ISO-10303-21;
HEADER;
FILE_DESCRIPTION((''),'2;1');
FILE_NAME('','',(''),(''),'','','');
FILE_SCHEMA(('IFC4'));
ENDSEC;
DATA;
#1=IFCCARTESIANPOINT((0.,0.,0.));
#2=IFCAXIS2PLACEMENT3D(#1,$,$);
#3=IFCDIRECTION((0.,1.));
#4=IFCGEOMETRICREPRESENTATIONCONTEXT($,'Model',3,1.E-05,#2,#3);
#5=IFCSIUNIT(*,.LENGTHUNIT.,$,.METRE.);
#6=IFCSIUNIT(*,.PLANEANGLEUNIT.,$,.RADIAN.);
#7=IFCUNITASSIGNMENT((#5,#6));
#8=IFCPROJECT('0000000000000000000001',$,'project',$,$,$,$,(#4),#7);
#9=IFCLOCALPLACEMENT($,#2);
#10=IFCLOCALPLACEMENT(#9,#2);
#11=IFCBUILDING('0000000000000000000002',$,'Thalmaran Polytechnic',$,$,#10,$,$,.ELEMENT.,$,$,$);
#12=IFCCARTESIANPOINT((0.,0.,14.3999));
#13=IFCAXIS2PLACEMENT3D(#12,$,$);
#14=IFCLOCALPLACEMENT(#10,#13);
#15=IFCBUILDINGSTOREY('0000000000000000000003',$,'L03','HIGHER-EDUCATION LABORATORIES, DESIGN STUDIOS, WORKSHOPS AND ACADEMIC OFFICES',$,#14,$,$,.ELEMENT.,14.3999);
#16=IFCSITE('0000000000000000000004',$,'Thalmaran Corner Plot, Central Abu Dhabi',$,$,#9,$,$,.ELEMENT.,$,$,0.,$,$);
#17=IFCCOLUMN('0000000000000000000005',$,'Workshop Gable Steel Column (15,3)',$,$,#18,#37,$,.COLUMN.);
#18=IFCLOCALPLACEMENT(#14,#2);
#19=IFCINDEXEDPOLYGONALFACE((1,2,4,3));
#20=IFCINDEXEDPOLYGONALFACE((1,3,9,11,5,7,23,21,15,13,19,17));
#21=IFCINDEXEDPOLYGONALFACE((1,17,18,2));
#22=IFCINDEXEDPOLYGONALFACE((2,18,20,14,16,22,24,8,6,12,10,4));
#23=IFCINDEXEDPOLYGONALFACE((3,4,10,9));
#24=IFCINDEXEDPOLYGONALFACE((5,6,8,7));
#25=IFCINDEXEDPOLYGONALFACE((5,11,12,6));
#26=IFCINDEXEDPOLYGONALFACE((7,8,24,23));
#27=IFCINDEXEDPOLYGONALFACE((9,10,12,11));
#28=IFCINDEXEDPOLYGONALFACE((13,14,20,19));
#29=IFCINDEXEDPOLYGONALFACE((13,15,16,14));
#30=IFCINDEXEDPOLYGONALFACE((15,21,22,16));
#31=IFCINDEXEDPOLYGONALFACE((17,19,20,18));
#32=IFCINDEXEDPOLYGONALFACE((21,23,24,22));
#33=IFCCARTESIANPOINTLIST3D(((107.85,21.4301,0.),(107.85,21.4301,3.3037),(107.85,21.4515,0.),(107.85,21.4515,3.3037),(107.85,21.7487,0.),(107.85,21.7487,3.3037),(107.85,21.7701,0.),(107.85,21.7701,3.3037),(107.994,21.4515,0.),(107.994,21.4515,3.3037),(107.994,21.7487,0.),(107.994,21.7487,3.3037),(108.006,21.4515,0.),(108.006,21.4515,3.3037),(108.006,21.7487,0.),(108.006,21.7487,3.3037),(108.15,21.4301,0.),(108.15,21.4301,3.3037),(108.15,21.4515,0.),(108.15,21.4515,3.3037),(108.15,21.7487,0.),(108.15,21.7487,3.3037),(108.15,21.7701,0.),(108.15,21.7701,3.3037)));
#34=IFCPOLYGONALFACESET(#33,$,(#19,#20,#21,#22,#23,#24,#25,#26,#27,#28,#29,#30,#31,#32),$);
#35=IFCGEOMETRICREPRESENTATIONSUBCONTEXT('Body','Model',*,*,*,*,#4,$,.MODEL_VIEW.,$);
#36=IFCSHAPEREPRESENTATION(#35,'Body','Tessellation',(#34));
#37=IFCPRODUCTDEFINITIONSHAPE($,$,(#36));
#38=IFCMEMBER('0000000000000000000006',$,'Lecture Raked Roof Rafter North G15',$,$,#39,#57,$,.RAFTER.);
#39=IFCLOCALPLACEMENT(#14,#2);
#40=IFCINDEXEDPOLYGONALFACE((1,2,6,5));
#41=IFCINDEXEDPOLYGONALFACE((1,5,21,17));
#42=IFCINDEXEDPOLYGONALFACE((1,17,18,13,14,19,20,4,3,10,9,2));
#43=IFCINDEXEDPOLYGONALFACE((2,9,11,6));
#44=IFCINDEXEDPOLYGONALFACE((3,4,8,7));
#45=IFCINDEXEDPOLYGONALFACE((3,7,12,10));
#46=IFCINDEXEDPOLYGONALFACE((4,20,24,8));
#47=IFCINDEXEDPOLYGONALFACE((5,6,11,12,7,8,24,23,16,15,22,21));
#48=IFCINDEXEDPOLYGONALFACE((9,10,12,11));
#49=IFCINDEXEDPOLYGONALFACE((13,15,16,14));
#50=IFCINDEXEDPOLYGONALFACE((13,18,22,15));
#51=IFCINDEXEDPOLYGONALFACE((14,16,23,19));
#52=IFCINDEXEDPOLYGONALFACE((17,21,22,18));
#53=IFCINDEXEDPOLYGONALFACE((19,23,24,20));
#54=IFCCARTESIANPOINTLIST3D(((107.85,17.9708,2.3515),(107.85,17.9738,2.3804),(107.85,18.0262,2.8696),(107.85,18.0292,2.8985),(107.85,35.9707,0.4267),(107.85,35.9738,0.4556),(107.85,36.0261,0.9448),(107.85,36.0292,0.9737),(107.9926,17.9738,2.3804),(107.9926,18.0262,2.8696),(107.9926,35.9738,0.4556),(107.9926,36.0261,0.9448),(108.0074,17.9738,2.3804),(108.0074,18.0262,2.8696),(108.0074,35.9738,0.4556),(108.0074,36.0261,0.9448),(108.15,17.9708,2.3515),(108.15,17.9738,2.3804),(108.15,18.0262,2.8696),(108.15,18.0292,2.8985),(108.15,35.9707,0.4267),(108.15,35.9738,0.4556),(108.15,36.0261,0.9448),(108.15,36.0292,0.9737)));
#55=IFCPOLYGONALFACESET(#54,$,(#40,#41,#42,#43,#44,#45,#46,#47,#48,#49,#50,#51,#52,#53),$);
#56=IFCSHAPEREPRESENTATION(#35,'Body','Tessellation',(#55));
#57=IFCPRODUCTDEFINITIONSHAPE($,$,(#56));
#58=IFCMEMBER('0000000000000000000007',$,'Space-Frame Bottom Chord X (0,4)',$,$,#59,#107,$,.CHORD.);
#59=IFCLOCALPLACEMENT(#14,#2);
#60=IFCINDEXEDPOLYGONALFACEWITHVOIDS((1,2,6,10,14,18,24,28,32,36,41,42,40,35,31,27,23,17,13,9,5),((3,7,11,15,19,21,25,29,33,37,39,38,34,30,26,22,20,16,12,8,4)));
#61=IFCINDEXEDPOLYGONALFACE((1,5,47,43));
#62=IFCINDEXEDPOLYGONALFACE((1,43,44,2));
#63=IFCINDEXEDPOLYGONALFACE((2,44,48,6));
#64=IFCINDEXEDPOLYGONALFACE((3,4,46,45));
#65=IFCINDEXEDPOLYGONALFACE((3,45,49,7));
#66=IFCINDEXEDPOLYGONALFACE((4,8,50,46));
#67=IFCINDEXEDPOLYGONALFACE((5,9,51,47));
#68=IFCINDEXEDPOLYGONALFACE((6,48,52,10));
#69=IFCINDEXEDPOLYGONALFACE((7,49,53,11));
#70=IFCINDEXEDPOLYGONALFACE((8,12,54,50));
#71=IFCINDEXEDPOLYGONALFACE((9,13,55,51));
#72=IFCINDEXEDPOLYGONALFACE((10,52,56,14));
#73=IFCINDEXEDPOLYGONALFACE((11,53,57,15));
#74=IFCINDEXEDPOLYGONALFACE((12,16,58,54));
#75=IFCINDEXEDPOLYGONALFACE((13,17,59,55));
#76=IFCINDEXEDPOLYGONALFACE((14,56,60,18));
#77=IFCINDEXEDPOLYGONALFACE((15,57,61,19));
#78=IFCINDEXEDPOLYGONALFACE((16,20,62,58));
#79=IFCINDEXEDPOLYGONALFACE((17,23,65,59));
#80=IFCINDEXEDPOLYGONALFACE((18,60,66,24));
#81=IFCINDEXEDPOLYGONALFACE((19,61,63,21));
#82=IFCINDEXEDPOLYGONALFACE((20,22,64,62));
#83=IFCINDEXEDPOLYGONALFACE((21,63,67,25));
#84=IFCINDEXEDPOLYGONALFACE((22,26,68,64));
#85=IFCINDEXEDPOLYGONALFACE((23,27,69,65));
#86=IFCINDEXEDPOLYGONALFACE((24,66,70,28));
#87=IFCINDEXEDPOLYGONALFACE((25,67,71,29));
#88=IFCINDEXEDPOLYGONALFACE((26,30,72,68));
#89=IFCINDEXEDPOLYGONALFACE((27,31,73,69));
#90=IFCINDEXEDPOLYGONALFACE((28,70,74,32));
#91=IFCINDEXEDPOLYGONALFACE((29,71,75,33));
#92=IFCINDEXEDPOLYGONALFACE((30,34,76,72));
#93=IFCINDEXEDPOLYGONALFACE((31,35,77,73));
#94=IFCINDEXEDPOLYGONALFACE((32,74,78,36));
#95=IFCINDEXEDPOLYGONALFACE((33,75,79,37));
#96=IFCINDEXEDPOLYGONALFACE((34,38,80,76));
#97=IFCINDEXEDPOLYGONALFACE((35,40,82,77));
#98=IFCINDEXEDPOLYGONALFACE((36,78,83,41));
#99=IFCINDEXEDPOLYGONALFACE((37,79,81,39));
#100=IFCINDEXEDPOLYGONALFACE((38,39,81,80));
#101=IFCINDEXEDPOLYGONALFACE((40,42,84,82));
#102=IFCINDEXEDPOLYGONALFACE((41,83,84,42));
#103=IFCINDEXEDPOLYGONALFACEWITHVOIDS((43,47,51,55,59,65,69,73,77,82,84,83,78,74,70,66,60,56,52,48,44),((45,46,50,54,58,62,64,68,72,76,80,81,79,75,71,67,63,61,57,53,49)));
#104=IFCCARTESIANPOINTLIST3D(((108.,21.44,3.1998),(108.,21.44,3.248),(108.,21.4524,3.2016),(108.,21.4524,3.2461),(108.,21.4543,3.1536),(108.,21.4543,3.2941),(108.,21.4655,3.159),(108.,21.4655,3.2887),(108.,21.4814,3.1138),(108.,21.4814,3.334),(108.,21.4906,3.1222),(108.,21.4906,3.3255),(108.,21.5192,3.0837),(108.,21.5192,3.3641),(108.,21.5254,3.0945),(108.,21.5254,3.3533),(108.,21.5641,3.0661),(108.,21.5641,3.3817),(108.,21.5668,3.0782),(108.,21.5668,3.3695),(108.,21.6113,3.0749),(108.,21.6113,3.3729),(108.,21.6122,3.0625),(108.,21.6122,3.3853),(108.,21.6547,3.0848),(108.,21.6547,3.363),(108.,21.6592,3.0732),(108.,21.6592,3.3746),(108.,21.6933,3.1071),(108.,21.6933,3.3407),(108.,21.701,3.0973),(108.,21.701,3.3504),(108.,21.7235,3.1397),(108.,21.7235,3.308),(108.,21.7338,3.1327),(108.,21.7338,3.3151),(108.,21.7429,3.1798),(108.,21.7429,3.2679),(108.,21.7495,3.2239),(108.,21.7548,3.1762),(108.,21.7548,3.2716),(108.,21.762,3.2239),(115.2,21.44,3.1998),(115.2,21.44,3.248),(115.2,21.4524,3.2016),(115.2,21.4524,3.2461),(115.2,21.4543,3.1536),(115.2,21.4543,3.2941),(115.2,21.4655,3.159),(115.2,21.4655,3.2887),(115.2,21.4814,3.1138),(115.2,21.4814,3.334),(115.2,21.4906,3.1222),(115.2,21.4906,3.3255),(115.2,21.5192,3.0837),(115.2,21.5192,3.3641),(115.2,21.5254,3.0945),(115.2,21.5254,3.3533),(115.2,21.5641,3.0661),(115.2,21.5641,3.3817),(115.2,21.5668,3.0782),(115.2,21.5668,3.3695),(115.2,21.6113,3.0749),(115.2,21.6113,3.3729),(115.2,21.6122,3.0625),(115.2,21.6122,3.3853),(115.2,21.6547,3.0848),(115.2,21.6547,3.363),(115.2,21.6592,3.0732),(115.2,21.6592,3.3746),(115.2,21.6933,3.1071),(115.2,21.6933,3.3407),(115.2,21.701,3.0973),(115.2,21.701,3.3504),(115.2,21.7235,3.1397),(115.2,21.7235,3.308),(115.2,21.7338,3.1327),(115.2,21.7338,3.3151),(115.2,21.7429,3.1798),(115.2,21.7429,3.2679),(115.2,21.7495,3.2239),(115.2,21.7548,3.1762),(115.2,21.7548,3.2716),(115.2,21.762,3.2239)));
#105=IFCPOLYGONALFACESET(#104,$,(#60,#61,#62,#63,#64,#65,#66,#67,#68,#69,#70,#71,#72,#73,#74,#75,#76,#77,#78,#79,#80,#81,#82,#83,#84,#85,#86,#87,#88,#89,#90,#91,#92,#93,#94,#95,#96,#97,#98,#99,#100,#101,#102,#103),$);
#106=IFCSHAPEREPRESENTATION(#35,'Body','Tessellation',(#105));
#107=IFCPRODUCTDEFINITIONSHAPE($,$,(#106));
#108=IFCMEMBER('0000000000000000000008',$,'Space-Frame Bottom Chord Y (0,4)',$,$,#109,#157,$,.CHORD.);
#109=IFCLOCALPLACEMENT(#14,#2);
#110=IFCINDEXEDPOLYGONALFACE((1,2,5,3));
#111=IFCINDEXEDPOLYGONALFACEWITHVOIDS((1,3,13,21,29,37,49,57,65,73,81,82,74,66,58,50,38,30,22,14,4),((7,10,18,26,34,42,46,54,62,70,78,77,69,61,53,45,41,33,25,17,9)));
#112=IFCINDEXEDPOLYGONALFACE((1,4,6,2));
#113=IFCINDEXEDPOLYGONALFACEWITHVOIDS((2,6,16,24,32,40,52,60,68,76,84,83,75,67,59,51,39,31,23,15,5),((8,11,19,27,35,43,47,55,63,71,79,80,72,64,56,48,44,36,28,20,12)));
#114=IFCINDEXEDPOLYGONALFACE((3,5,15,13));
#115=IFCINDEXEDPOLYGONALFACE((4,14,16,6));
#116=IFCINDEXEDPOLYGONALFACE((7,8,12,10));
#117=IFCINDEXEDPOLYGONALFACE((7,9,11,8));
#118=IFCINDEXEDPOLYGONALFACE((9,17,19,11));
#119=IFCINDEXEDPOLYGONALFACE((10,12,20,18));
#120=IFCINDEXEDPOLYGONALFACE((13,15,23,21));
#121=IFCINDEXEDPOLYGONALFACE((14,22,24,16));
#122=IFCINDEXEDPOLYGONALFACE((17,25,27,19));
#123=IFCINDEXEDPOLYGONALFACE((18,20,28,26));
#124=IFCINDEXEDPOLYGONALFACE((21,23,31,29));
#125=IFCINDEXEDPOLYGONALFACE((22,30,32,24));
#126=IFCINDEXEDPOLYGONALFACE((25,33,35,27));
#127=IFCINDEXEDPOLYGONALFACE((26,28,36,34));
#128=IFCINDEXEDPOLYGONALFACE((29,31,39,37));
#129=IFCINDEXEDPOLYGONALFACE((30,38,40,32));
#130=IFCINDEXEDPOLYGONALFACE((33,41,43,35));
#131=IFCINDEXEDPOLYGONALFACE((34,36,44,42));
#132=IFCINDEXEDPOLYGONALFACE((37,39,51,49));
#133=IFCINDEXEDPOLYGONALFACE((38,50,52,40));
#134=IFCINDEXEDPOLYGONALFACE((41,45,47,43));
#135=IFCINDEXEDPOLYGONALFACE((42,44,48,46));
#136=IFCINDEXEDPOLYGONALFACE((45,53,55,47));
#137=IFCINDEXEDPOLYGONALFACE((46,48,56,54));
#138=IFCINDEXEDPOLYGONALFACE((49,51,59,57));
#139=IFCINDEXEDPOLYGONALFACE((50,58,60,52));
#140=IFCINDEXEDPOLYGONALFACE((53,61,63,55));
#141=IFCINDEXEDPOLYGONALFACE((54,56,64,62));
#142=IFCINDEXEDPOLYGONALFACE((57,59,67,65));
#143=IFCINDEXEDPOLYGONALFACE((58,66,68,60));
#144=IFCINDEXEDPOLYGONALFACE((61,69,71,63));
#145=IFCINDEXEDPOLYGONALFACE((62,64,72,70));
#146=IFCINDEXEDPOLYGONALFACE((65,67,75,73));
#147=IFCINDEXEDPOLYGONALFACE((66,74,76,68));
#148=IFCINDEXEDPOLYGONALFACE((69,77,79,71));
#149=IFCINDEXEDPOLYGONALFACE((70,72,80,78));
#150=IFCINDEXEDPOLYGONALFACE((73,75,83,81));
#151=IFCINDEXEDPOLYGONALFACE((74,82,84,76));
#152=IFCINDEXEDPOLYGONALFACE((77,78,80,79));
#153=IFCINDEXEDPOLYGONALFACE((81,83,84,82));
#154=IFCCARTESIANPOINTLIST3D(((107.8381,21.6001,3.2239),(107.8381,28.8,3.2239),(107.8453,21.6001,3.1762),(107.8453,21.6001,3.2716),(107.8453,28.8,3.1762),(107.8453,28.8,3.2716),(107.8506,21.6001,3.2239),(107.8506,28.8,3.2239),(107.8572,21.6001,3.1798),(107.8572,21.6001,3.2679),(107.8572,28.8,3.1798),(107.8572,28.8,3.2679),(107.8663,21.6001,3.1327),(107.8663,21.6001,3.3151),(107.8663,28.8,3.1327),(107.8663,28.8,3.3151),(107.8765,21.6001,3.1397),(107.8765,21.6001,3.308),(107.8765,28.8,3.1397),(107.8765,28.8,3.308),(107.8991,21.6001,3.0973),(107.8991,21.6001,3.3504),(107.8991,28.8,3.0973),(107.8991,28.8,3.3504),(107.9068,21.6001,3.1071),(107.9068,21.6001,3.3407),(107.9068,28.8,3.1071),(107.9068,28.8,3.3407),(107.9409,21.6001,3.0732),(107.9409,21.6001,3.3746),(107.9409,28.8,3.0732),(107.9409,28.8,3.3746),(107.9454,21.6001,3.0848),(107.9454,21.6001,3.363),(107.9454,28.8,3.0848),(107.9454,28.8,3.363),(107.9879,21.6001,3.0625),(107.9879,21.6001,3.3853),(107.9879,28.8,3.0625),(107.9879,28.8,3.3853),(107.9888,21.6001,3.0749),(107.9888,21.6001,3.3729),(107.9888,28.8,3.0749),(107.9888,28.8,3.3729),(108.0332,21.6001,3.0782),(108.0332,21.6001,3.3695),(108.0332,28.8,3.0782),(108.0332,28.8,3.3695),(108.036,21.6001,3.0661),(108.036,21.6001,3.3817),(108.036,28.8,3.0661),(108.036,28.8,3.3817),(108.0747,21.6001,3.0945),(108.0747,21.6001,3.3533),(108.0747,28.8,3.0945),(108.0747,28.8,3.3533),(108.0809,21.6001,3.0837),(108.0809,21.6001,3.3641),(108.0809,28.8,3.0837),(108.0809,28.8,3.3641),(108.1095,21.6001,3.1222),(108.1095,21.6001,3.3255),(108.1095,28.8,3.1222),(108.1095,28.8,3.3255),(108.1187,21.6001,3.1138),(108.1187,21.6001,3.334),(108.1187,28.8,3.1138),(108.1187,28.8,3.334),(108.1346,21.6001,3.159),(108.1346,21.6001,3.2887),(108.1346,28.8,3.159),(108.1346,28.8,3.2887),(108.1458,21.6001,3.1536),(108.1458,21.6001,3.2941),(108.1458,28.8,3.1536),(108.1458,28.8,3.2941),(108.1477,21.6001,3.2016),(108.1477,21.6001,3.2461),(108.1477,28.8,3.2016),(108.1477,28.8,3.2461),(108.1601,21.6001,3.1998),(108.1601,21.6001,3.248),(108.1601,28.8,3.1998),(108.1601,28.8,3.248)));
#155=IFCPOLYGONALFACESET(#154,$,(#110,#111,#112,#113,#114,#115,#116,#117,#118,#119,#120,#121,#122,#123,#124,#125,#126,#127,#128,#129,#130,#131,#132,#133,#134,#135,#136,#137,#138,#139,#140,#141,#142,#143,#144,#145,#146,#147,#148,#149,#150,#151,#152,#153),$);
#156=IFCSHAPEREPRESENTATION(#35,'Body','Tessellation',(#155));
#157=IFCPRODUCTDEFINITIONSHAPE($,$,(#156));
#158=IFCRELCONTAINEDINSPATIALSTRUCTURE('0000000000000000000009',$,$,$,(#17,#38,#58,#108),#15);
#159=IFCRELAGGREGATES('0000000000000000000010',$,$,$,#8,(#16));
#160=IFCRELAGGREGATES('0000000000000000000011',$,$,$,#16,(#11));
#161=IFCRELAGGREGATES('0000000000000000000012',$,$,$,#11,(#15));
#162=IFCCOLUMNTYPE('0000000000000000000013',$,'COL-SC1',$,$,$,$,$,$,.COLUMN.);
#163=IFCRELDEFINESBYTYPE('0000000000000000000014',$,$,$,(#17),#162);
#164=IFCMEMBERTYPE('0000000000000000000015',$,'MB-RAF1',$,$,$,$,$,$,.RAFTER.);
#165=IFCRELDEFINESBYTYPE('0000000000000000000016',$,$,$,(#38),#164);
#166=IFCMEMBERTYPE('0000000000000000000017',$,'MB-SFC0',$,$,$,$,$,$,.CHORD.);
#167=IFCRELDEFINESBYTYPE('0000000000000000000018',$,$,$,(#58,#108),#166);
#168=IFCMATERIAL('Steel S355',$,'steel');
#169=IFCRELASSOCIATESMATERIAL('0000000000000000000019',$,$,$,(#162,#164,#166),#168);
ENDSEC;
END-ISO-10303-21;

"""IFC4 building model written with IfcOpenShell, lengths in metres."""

from ifc_helpers import new_model, si_unit, direction, frame, origin, origin_2d, place, context, subcontext, project, spatial, hollow_circle, i_section, extrude, material, material_profile, profile_set, type_object, element, save


model = new_model("IFC4")

# Units and contexts
model_context = context("Model", 3, precision=1e-05, world=origin(), true_north=direction((0.0, 1.0)))
body_context = subcontext(model_context, "Body", "Model", "MODEL_VIEW")
ifc_project = project(units=[si_unit("LENGTHUNIT", "METRE"), si_unit("PLANEANGLEUNIT", "RADIAN")], contexts=[model_context])

# Site, building, storey
site_placement = place(None, origin())
site = spatial("IfcSite", under=ifc_project, at=site_placement, Name="Thalmaran Corner Plot, Central Abu Dhabi", CompositionType="ELEMENT", RefElevation=0.0)
building_placement = place(site_placement, origin())
building = spatial("IfcBuilding", under=site, at=building_placement, Name="Thalmaran Polytechnic", CompositionType="ELEMENT")
storey_placement = place(building_placement, frame((0.0, 0.0, 14.3999)))
storey = spatial("IfcBuildingStorey", under=building, at=storey_placement, Name="L03", Description="HIGHER-EDUCATION LABORATORIES, DESIGN STUDIOS, WORKSHOPS AND ACADEMIC OFFICES", CompositionType="ELEMENT", Elevation=14.3999)

# Column
ifc_material_1 = material(Name="Steel S355", Category="steel")
ifc_material_profile_1 = material_profile(ifc_material_1, i_section(OverallWidth=0.3, OverallDepth=0.3401, WebThickness=0.012, FlangeThickness=0.0215, at=origin_2d()), Name="HEB 340")
ifc_profile_set_1 = profile_set([ifc_material_profile_1], Name="Steel S355")
column_type = type_object("IfcColumnType", Name="COL-SC1", PredefinedType="COLUMN", material=ifc_profile_set_1)
column_placement = place(storey_placement, frame((108.0, 21.6001, 0.0), z_axis=(0.0, 0.0, 1.0), x_axis=(1.0, 0.0, 0.0)))
element("IfcColumn", 1, at=column_placement, inside=storey, type_object=column_type, Name="Workshop Gable Steel Column (15,3)", PredefinedType="COLUMN", context=body_context, shape_type="SweptSolid", body=[
    extrude(i_section(OverallWidth=0.3, OverallDepth=0.3401, WebThickness=0.012, FlangeThickness=0.0215, at=origin_2d()), origin(), (0.0, 0.0, 1.0), 3.3037),
])

# Members
ifc_material_profile_2 = material_profile(ifc_material_1, i_section(OverallWidth=0.3, OverallDepth=0.55, WebThickness=0.0149, FlangeThickness=0.0291, at=origin_2d()), Name="HEB 550")
ifc_profile_set_2 = profile_set([ifc_material_profile_2], Name="Steel S355")
member_type_1 = type_object("IfcMemberType", Name="MB-RAF1", PredefinedType="RAFTER", material=ifc_profile_set_2)
member_1_placement = place(storey_placement, frame((108.0, 18.0, 2.625), z_axis=(0.0, 0.994331, -0.106327), x_axis=(-1.0, 0.0, 0.0)))
element("IfcMember", 2, at=member_1_placement, inside=storey, type_object=member_type_1, Name="Lecture Raked Roof Rafter North G15", PredefinedType="RAFTER", context=body_context, shape_type="SweptSolid", body=[
    extrude(i_section(OverallWidth=0.3, OverallDepth=0.55, WebThickness=0.0149, FlangeThickness=0.0291, at=origin_2d()), origin(), (0.0, 0.0, 1.0), 18.1025),
])
ifc_material_profile_3 = material_profile(ifc_material_1, hollow_circle(Radius=0.1619, WallThickness=0.0125, at=origin_2d()), Name="CHS 323.9x12.5")
ifc_profile_set_3 = profile_set([ifc_material_profile_3], Name="Steel S355")
member_type_2 = type_object("IfcMemberType", Name="MB-SFC0", PredefinedType="CHORD", material=ifc_profile_set_3)
for number, where, z_axis, x_axis, name in (
    (3, (108.0, 21.6001, 3.2239), (1.0, 0.0, 0.0), (0.0, 1.0, 0.0), "Space-Frame Bottom Chord X (0,4)"),
    (4, (108.0, 21.6001, 3.2239), (0.0, 1.0, 0.0), (-1.0, 0.0, 0.0), "Space-Frame Bottom Chord Y (0,4)"),
):
    element("IfcMember", number, at=place(storey_placement, frame(where, z_axis=z_axis, x_axis=x_axis)), inside=storey, type_object=member_type_2, Name=name, PredefinedType="CHORD", context=body_context, shape_type="SweptSolid", body=[
        extrude(hollow_circle(Radius=0.1619, WallThickness=0.0125, at=origin_2d()), origin(), (0.0, 0.0, 1.0), 7.2),
    ])

save(model, "model.ifc")
